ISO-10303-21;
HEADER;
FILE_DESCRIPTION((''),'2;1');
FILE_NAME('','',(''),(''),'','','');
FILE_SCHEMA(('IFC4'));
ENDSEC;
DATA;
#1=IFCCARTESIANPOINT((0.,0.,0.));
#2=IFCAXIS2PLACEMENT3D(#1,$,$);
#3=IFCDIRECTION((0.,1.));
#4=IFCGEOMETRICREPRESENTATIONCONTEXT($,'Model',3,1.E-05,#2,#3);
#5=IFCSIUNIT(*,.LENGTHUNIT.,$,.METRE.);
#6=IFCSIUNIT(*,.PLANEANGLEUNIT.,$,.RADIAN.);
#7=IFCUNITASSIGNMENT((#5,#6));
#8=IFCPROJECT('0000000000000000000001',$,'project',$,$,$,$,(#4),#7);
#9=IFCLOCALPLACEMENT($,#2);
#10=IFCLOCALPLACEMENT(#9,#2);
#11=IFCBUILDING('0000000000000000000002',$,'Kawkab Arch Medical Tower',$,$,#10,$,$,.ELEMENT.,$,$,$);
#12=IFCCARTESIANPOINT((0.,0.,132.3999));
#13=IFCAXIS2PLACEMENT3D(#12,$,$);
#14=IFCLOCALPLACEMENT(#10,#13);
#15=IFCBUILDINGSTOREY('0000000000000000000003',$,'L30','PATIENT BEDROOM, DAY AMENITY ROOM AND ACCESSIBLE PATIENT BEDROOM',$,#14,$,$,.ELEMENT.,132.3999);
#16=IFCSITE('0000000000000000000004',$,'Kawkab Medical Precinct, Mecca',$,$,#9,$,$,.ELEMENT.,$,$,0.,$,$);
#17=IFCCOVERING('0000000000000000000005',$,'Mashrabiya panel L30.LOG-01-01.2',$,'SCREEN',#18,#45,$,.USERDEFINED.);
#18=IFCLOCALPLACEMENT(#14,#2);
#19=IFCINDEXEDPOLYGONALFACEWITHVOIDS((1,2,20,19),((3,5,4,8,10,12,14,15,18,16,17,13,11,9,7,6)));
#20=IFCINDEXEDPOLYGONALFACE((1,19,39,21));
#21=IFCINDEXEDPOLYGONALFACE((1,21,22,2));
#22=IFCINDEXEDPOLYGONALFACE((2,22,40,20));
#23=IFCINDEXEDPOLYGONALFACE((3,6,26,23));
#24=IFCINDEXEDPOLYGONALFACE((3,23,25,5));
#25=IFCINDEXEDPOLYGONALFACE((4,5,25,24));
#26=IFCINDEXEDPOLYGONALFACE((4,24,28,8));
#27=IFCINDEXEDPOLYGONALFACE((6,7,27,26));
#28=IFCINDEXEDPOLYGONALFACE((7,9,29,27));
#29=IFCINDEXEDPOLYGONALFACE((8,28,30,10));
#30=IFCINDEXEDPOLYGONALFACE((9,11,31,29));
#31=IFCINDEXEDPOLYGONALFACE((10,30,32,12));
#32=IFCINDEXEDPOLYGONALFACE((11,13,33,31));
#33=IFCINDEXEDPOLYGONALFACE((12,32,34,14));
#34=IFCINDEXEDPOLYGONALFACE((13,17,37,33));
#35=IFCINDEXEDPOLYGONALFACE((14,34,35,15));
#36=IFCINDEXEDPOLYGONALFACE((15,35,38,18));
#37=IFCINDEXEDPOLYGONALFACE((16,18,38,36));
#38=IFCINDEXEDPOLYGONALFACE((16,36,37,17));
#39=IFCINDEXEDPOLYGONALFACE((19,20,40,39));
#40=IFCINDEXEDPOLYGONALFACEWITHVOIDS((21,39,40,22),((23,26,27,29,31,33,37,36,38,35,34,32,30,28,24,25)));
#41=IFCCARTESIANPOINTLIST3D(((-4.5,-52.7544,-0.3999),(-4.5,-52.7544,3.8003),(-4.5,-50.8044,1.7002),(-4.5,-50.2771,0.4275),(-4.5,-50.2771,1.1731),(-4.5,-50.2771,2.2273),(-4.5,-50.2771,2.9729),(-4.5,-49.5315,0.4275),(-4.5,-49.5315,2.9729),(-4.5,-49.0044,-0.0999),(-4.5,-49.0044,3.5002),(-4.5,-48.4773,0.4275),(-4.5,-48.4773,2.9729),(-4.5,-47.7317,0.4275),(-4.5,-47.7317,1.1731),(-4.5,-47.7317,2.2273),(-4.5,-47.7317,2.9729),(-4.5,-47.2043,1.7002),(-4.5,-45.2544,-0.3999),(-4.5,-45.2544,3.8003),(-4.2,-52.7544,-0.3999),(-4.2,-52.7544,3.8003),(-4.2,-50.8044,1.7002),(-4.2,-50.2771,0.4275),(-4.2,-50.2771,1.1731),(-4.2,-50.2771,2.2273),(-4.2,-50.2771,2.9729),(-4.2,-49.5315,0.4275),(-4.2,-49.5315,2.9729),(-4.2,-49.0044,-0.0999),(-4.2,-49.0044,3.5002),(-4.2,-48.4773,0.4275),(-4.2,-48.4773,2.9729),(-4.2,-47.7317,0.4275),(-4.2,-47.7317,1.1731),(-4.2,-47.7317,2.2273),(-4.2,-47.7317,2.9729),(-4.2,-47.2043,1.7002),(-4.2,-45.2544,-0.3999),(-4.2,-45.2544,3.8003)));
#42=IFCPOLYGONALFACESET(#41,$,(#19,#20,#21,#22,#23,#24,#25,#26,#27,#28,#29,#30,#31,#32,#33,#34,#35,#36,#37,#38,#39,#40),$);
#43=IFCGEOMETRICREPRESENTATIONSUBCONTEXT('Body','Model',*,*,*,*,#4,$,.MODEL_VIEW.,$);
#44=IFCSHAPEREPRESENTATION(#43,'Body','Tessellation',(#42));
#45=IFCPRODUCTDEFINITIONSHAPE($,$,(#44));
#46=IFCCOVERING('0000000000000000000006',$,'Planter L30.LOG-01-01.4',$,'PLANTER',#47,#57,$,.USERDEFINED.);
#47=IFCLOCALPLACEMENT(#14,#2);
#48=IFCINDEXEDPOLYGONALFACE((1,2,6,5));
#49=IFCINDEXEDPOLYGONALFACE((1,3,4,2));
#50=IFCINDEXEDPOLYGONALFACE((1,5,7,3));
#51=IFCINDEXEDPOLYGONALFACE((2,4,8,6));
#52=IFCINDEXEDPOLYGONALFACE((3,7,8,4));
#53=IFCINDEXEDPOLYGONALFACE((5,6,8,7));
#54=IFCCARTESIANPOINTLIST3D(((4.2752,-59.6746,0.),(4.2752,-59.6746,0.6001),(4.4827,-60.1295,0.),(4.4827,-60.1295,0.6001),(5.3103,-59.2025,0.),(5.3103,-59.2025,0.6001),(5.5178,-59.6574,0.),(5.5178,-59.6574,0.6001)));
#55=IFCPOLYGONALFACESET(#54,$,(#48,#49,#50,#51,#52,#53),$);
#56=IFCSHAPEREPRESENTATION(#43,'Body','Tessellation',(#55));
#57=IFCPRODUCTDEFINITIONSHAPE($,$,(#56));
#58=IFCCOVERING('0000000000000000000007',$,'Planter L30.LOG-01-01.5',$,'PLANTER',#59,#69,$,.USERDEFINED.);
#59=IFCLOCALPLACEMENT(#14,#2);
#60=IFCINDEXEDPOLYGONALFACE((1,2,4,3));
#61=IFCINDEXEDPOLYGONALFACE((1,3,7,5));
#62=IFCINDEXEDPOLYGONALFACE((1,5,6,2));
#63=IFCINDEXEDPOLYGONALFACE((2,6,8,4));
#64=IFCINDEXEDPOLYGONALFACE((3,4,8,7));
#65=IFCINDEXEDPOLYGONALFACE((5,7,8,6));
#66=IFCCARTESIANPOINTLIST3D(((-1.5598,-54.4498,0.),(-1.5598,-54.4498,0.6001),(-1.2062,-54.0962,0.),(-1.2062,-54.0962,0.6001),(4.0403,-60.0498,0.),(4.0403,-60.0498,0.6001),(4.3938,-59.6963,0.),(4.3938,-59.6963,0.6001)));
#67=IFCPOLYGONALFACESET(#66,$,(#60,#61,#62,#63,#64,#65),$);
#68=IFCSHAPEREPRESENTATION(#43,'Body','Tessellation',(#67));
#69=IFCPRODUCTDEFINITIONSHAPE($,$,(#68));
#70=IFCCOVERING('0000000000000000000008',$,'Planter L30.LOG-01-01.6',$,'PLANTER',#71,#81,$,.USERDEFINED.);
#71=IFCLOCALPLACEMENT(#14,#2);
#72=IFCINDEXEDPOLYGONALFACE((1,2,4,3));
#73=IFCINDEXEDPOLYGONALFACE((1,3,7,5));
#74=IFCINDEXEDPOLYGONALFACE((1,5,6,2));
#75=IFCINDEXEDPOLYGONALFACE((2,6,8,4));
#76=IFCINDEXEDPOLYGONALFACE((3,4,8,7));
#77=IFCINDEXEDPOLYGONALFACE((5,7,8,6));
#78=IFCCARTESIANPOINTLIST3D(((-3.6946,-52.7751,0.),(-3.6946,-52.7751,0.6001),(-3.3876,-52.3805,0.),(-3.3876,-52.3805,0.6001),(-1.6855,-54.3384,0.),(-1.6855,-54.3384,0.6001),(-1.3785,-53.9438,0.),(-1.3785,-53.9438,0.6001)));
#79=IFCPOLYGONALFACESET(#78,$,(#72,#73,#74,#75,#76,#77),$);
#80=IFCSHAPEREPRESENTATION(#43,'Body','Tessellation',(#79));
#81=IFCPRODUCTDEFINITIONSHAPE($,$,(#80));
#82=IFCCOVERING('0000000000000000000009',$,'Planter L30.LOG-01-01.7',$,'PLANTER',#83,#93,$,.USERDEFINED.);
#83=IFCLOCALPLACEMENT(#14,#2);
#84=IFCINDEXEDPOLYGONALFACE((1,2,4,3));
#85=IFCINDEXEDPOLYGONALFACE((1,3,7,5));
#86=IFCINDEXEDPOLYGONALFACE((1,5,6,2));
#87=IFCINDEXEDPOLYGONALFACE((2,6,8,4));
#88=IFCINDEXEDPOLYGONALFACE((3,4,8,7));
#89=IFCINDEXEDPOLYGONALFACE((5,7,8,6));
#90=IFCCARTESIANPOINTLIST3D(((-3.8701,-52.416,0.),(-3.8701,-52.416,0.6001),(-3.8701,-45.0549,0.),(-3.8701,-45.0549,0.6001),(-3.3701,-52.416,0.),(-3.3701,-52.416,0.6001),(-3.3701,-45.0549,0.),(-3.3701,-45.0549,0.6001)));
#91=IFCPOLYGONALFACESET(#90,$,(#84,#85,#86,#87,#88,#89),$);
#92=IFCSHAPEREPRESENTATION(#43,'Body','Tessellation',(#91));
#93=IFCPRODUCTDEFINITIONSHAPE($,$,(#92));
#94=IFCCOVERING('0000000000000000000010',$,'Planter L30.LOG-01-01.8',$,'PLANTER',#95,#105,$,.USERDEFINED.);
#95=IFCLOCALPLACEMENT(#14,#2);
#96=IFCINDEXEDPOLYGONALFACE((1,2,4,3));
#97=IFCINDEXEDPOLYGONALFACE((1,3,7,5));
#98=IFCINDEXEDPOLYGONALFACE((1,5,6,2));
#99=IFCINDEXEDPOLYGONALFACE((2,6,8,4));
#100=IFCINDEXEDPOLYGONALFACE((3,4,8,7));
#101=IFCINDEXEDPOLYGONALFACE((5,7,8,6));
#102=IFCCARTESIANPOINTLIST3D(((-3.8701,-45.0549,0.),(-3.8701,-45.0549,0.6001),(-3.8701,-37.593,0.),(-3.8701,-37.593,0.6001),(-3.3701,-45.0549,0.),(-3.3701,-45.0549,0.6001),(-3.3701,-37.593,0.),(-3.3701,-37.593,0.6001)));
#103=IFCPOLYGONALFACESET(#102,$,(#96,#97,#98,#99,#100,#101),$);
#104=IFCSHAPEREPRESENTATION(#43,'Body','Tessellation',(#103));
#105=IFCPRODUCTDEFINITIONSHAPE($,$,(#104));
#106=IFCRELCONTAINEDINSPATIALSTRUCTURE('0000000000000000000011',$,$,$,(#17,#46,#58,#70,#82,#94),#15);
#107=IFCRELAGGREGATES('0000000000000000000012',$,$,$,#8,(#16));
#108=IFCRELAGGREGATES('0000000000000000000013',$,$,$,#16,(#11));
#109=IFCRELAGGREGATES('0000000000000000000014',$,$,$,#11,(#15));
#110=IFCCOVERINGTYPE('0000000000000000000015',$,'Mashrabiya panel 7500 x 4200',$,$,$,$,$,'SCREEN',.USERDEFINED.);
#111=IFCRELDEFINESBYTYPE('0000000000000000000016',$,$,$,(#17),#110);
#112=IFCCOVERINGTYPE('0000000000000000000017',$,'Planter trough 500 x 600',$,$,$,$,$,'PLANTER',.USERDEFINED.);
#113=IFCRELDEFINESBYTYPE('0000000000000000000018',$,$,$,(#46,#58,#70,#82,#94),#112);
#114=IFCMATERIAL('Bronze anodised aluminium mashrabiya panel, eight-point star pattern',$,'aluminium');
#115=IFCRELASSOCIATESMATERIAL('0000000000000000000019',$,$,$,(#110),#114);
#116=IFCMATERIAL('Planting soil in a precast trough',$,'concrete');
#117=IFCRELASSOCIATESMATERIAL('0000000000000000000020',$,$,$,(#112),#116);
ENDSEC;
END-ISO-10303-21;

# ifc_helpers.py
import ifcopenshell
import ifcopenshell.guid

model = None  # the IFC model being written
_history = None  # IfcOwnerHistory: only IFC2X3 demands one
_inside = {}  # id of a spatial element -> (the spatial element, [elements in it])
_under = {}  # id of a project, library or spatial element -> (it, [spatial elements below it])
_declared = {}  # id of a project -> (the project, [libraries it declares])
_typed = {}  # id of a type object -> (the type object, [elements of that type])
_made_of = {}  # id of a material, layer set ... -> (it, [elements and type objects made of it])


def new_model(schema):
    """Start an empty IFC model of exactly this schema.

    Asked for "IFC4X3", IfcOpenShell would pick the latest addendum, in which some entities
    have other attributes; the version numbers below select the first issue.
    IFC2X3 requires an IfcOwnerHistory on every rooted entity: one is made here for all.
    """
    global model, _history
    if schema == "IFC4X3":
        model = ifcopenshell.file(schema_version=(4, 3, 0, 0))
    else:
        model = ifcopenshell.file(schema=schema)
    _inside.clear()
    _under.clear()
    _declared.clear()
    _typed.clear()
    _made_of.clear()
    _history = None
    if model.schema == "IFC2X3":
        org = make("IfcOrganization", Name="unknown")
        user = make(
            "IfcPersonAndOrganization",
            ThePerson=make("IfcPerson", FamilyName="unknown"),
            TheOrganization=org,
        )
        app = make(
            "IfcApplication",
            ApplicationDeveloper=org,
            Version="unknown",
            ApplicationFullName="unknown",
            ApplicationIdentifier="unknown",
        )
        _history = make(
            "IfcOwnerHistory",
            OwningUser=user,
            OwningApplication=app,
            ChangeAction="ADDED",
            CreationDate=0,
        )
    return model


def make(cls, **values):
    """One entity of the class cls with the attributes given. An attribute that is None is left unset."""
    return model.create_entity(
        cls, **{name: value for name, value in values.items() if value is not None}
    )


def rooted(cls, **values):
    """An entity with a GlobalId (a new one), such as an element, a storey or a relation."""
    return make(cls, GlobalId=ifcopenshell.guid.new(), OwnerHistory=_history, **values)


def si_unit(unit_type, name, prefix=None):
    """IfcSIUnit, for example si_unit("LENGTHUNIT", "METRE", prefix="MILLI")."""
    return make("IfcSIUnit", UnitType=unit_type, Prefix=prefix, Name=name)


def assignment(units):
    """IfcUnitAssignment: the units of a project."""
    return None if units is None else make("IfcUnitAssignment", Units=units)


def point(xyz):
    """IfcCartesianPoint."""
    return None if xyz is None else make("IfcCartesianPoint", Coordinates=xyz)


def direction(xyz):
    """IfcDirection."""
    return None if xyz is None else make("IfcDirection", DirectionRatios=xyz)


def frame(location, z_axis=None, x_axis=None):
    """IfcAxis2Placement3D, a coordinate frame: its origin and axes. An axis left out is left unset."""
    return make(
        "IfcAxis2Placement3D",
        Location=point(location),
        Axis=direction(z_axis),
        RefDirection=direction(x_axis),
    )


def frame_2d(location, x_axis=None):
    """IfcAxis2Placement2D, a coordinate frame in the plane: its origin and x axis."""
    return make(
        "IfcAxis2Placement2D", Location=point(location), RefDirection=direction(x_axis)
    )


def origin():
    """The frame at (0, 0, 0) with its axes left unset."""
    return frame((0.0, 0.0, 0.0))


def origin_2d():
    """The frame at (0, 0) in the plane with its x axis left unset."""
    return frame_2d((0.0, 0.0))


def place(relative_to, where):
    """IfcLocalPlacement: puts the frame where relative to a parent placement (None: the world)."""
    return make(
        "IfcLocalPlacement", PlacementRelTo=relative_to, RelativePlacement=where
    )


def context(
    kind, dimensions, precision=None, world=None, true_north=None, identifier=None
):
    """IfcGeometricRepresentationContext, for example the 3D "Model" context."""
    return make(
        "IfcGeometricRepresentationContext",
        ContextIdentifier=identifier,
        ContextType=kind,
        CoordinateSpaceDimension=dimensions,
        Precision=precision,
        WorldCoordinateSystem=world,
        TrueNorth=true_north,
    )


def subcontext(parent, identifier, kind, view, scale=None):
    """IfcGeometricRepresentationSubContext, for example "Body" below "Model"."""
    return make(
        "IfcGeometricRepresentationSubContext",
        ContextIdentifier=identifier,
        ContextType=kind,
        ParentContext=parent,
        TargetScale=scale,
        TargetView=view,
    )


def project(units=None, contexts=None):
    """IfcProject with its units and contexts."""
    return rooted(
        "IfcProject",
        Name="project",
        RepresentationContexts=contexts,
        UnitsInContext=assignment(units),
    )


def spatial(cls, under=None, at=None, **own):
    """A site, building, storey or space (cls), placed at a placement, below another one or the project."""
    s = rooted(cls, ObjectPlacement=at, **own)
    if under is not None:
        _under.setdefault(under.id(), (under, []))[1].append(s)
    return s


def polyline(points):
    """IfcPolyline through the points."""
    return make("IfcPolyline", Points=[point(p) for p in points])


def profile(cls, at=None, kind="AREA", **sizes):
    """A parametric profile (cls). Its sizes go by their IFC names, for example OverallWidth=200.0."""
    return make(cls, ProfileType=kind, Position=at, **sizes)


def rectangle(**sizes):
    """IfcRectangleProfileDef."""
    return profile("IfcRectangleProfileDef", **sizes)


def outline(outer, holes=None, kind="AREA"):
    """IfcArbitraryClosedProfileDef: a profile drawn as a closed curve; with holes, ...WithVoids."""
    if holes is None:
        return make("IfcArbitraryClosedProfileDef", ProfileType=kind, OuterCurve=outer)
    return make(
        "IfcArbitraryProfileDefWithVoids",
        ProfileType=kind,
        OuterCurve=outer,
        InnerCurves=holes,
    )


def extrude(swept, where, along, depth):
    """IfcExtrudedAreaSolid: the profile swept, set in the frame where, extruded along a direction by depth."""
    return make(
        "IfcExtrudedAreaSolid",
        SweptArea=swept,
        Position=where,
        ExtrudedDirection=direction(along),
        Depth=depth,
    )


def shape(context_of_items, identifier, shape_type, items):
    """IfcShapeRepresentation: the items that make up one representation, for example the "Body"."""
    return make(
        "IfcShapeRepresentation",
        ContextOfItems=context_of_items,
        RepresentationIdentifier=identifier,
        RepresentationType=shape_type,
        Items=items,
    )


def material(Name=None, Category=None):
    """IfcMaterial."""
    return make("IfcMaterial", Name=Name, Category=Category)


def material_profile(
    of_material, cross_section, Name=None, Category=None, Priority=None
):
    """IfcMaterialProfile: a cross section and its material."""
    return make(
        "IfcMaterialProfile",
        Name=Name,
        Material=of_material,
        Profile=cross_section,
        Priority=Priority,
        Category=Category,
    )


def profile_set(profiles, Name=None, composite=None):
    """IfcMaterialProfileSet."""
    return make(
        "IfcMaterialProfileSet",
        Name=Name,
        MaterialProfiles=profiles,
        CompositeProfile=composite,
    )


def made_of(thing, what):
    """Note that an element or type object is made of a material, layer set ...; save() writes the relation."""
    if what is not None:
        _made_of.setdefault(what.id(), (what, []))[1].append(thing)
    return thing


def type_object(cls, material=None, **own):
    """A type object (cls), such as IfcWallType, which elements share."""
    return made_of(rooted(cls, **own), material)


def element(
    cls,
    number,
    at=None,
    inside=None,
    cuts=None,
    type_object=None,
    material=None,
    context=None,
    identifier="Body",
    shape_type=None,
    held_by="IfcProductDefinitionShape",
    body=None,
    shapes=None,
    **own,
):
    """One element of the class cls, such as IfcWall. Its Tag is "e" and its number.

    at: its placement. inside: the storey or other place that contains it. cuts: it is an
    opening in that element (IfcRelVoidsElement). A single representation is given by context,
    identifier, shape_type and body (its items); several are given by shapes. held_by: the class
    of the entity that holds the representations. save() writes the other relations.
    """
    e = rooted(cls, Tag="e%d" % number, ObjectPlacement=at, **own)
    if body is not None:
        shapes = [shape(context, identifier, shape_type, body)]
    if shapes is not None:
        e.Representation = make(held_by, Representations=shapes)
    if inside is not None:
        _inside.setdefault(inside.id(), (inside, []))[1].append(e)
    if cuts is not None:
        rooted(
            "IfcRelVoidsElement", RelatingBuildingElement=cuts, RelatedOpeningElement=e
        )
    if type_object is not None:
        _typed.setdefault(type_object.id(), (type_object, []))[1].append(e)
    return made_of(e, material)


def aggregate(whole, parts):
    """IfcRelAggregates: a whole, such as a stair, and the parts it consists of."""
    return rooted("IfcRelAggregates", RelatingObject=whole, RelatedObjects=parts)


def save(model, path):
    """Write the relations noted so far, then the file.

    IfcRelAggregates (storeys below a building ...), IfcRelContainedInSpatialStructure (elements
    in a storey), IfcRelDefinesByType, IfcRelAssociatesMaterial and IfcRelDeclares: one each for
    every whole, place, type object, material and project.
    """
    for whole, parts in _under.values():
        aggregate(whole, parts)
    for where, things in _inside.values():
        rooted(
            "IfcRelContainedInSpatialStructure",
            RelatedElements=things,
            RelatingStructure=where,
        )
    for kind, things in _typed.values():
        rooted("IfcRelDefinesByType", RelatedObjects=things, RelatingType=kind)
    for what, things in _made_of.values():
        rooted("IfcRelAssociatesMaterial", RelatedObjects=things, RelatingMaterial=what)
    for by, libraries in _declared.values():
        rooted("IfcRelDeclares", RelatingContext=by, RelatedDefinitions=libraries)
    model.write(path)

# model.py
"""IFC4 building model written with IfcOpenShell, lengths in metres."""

from ifc_helpers import new_model, si_unit, direction, frame, origin, origin_2d, place, context, subcontext, project, spatial, polyline, rectangle, outline, extrude, material, material_profile, profile_set, type_object, element, save


model = new_model("IFC4")

# Units and contexts
model_context = context("Model", 3, precision=1e-05, world=origin(), true_north=direction((0.0, 1.0)))
body_context = subcontext(model_context, "Body", "Model", "MODEL_VIEW")
ifc_project = project(units=[si_unit("LENGTHUNIT", "METRE"), si_unit("PLANEANGLEUNIT", "RADIAN")], contexts=[model_context])

# Site, building, storey
site_placement = place(None, origin())
site = spatial("IfcSite", under=ifc_project, at=site_placement, Name="Kawkab Medical Precinct, Mecca", CompositionType="ELEMENT", RefElevation=0.0)
building_placement = place(site_placement, origin())
building = spatial("IfcBuilding", under=site, at=building_placement, Name="Kawkab Arch Medical Tower", CompositionType="ELEMENT")
storey_placement = place(building_placement, frame((0.0, 0.0, 132.3999)))
storey = spatial("IfcBuildingStorey", under=building, at=storey_placement, Name="L30", Description="PATIENT BEDROOM, DAY AMENITY ROOM AND ACCESSIBLE PATIENT BEDROOM", CompositionType="ELEMENT", Elevation=132.3999)

# Coverings
ifc_material_1 = material(Name="Bronze anodised aluminium mashrabiya panel, eight-point star pattern", Category="aluminium")
ifc_material_profile_1 = material_profile(ifc_material_1, outline(polyline([(-3.75, -2.1001), (3.75, -2.1001), (3.75, 2.1001), (-3.75, 2.1001), (-3.75, -2.1001)]), holes=[polyline([(1.8, 0.0), (1.2727, 0.5271), (1.2727, 1.2727), (0.5271, 1.2727), (0.0, 1.8), (-0.5271, 1.2727), (-1.2727, 1.2727), (-1.2727, 0.5271), (-1.8, 0.0), (-1.2727, -0.5271), (-1.2727, -1.2727), (-0.5271, -1.2727), (0.0, -1.8), (0.5271, -1.2727), (1.2727, -1.2727), (1.2727, -0.5271), (1.8, 0.0)])]), Name="Mashrabiya panel 7500x4200")
ifc_profile_set_1 = profile_set([ifc_material_profile_1], Name="Bronze anodised aluminium mashrabiya panel, eight-point star pattern")
covering_type_1 = type_object("IfcCoveringType", Name="Mashrabiya panel 7500 x 4200", ElementType="SCREEN", PredefinedType="USERDEFINED", material=ifc_profile_set_1)
covering_1_placement = place(storey_placement, frame((-4.2, -49.0044, 1.7002), z_axis=(-1.0, 0.0, 0.0), x_axis=(0.0, -1.0, 0.0)))
element("IfcCovering", 1, at=covering_1_placement, inside=storey, type_object=covering_type_1, Name="Mashrabiya panel L30.LOG-01-01.2", ObjectType="SCREEN", PredefinedType="USERDEFINED", context=body_context, shape_type="SweptSolid", body=[
    extrude(outline(polyline([(-3.75, -2.1001), (3.75, -2.1001), (3.75, 2.1001), (-3.75, 2.1001), (-3.75, -2.1001)]), holes=[polyline([(1.8, 0.0), (1.2727, 0.5271), (1.2727, 1.2727), (0.5271, 1.2727), (0.0, 1.8), (-0.5271, 1.2727), (-1.2727, 1.2727), (-1.2727, 0.5271), (-1.8, 0.0), (-1.2727, -0.5271), (-1.2727, -1.2727), (-0.5271, -1.2727), (0.0, -1.8), (0.5271, -1.2727), (1.2727, -1.2727), (1.2727, -0.5271), (1.8, 0.0)])]), origin(), (0.0, 0.0, 1.0), 0.3),
])
ifc_material_2 = material(Name="Planting soil in a precast trough", Category="concrete")
ifc_material_profile_2 = material_profile(ifc_material_2, rectangle(XDim=0.5, YDim=0.6001, at=origin_2d()), Name="Trough 500x600")
ifc_profile_set_2 = profile_set([ifc_material_profile_2], Name="Planting soil in a precast trough")
covering_type_2 = type_object("IfcCoveringType", Name="Planter trough 500 x 600", ElementType="PLANTER", PredefinedType="USERDEFINED", material=ifc_profile_set_2)
covering_2_placement = place(storey_placement, frame((5.4141, -59.4299, 0.3), z_axis=(-0.909822, -0.414999, 0.0), x_axis=(0.414999, -0.909822, 0.0)))
element("IfcCovering", 2, at=covering_2_placement, inside=storey, type_object=covering_type_2, Name="Planter L30.LOG-01-01.4", ObjectType="PLANTER", PredefinedType="USERDEFINED", context=body_context, shape_type="SweptSolid", body=[
    extrude(rectangle(XDim=0.5, YDim=0.6001, at=origin_2d()), origin(), (0.0, 0.0, 1.0), 1.1377),
])
covering_3_placement = place(storey_placement, frame((4.217, -59.873, 0.3), z_axis=(-0.707107, 0.707107, 0.0), x_axis=(-0.707107, -0.707107, 0.0)))
element("IfcCovering", 3, at=covering_3_placement, inside=storey, type_object=covering_type_2, Name="Planter L30.LOG-01-01.5", ObjectType="PLANTER", PredefinedType="USERDEFINED", context=body_context, shape_type="SweptSolid", body=[
    extrude(rectangle(XDim=0.5, YDim=0.6001, at=origin_2d()), origin(), (0.0, 0.0, 1.0), 7.9197),
])
covering_4_placement = place(storey_placement, frame((-1.532, -54.1411, 0.3), z_axis=(-0.789228, 0.6141, 0.0), x_axis=(-0.6141, -0.789228, 0.0)))
element("IfcCovering", 4, at=covering_4_placement, inside=storey, type_object=covering_type_2, Name="Planter L30.LOG-01-01.6", ObjectType="PLANTER", PredefinedType="USERDEFINED", context=body_context, shape_type="SweptSolid", body=[
    extrude(rectangle(XDim=0.5, YDim=0.6001, at=origin_2d()), origin(), (0.0, 0.0, 1.0), 2.5457),
])
covering_5_placement = place(storey_placement, frame((-3.6201, -52.416, 0.3), z_axis=(0.0, 1.0, 0.0), x_axis=(-1.0, 0.0, 0.0)))
element("IfcCovering", 5, at=covering_5_placement, inside=storey, type_object=covering_type_2, Name="Planter L30.LOG-01-01.7", ObjectType="PLANTER", PredefinedType="USERDEFINED", context=body_context, shape_type="SweptSolid", body=[
    extrude(rectangle(XDim=0.5, YDim=0.6001, at=origin_2d()), origin(), (0.0, 0.0, 1.0), 7.3611),
])
covering_6_placement = place(storey_placement, frame((-3.6201, -45.0549, 0.3), z_axis=(0.0, 1.0, 0.0), x_axis=(-1.0, 0.0, 0.0)))
element("IfcCovering", 6, at=covering_6_placement, inside=storey, type_object=covering_type_2, Name="Planter L30.LOG-01-01.8", ObjectType="PLANTER", PredefinedType="USERDEFINED", context=body_context, shape_type="SweptSolid", body=[
    extrude(rectangle(XDim=0.5, YDim=0.6001, at=origin_2d()), origin(), (0.0, 0.0, 1.0), 7.4619),
])

save(model, "model.ifc")
